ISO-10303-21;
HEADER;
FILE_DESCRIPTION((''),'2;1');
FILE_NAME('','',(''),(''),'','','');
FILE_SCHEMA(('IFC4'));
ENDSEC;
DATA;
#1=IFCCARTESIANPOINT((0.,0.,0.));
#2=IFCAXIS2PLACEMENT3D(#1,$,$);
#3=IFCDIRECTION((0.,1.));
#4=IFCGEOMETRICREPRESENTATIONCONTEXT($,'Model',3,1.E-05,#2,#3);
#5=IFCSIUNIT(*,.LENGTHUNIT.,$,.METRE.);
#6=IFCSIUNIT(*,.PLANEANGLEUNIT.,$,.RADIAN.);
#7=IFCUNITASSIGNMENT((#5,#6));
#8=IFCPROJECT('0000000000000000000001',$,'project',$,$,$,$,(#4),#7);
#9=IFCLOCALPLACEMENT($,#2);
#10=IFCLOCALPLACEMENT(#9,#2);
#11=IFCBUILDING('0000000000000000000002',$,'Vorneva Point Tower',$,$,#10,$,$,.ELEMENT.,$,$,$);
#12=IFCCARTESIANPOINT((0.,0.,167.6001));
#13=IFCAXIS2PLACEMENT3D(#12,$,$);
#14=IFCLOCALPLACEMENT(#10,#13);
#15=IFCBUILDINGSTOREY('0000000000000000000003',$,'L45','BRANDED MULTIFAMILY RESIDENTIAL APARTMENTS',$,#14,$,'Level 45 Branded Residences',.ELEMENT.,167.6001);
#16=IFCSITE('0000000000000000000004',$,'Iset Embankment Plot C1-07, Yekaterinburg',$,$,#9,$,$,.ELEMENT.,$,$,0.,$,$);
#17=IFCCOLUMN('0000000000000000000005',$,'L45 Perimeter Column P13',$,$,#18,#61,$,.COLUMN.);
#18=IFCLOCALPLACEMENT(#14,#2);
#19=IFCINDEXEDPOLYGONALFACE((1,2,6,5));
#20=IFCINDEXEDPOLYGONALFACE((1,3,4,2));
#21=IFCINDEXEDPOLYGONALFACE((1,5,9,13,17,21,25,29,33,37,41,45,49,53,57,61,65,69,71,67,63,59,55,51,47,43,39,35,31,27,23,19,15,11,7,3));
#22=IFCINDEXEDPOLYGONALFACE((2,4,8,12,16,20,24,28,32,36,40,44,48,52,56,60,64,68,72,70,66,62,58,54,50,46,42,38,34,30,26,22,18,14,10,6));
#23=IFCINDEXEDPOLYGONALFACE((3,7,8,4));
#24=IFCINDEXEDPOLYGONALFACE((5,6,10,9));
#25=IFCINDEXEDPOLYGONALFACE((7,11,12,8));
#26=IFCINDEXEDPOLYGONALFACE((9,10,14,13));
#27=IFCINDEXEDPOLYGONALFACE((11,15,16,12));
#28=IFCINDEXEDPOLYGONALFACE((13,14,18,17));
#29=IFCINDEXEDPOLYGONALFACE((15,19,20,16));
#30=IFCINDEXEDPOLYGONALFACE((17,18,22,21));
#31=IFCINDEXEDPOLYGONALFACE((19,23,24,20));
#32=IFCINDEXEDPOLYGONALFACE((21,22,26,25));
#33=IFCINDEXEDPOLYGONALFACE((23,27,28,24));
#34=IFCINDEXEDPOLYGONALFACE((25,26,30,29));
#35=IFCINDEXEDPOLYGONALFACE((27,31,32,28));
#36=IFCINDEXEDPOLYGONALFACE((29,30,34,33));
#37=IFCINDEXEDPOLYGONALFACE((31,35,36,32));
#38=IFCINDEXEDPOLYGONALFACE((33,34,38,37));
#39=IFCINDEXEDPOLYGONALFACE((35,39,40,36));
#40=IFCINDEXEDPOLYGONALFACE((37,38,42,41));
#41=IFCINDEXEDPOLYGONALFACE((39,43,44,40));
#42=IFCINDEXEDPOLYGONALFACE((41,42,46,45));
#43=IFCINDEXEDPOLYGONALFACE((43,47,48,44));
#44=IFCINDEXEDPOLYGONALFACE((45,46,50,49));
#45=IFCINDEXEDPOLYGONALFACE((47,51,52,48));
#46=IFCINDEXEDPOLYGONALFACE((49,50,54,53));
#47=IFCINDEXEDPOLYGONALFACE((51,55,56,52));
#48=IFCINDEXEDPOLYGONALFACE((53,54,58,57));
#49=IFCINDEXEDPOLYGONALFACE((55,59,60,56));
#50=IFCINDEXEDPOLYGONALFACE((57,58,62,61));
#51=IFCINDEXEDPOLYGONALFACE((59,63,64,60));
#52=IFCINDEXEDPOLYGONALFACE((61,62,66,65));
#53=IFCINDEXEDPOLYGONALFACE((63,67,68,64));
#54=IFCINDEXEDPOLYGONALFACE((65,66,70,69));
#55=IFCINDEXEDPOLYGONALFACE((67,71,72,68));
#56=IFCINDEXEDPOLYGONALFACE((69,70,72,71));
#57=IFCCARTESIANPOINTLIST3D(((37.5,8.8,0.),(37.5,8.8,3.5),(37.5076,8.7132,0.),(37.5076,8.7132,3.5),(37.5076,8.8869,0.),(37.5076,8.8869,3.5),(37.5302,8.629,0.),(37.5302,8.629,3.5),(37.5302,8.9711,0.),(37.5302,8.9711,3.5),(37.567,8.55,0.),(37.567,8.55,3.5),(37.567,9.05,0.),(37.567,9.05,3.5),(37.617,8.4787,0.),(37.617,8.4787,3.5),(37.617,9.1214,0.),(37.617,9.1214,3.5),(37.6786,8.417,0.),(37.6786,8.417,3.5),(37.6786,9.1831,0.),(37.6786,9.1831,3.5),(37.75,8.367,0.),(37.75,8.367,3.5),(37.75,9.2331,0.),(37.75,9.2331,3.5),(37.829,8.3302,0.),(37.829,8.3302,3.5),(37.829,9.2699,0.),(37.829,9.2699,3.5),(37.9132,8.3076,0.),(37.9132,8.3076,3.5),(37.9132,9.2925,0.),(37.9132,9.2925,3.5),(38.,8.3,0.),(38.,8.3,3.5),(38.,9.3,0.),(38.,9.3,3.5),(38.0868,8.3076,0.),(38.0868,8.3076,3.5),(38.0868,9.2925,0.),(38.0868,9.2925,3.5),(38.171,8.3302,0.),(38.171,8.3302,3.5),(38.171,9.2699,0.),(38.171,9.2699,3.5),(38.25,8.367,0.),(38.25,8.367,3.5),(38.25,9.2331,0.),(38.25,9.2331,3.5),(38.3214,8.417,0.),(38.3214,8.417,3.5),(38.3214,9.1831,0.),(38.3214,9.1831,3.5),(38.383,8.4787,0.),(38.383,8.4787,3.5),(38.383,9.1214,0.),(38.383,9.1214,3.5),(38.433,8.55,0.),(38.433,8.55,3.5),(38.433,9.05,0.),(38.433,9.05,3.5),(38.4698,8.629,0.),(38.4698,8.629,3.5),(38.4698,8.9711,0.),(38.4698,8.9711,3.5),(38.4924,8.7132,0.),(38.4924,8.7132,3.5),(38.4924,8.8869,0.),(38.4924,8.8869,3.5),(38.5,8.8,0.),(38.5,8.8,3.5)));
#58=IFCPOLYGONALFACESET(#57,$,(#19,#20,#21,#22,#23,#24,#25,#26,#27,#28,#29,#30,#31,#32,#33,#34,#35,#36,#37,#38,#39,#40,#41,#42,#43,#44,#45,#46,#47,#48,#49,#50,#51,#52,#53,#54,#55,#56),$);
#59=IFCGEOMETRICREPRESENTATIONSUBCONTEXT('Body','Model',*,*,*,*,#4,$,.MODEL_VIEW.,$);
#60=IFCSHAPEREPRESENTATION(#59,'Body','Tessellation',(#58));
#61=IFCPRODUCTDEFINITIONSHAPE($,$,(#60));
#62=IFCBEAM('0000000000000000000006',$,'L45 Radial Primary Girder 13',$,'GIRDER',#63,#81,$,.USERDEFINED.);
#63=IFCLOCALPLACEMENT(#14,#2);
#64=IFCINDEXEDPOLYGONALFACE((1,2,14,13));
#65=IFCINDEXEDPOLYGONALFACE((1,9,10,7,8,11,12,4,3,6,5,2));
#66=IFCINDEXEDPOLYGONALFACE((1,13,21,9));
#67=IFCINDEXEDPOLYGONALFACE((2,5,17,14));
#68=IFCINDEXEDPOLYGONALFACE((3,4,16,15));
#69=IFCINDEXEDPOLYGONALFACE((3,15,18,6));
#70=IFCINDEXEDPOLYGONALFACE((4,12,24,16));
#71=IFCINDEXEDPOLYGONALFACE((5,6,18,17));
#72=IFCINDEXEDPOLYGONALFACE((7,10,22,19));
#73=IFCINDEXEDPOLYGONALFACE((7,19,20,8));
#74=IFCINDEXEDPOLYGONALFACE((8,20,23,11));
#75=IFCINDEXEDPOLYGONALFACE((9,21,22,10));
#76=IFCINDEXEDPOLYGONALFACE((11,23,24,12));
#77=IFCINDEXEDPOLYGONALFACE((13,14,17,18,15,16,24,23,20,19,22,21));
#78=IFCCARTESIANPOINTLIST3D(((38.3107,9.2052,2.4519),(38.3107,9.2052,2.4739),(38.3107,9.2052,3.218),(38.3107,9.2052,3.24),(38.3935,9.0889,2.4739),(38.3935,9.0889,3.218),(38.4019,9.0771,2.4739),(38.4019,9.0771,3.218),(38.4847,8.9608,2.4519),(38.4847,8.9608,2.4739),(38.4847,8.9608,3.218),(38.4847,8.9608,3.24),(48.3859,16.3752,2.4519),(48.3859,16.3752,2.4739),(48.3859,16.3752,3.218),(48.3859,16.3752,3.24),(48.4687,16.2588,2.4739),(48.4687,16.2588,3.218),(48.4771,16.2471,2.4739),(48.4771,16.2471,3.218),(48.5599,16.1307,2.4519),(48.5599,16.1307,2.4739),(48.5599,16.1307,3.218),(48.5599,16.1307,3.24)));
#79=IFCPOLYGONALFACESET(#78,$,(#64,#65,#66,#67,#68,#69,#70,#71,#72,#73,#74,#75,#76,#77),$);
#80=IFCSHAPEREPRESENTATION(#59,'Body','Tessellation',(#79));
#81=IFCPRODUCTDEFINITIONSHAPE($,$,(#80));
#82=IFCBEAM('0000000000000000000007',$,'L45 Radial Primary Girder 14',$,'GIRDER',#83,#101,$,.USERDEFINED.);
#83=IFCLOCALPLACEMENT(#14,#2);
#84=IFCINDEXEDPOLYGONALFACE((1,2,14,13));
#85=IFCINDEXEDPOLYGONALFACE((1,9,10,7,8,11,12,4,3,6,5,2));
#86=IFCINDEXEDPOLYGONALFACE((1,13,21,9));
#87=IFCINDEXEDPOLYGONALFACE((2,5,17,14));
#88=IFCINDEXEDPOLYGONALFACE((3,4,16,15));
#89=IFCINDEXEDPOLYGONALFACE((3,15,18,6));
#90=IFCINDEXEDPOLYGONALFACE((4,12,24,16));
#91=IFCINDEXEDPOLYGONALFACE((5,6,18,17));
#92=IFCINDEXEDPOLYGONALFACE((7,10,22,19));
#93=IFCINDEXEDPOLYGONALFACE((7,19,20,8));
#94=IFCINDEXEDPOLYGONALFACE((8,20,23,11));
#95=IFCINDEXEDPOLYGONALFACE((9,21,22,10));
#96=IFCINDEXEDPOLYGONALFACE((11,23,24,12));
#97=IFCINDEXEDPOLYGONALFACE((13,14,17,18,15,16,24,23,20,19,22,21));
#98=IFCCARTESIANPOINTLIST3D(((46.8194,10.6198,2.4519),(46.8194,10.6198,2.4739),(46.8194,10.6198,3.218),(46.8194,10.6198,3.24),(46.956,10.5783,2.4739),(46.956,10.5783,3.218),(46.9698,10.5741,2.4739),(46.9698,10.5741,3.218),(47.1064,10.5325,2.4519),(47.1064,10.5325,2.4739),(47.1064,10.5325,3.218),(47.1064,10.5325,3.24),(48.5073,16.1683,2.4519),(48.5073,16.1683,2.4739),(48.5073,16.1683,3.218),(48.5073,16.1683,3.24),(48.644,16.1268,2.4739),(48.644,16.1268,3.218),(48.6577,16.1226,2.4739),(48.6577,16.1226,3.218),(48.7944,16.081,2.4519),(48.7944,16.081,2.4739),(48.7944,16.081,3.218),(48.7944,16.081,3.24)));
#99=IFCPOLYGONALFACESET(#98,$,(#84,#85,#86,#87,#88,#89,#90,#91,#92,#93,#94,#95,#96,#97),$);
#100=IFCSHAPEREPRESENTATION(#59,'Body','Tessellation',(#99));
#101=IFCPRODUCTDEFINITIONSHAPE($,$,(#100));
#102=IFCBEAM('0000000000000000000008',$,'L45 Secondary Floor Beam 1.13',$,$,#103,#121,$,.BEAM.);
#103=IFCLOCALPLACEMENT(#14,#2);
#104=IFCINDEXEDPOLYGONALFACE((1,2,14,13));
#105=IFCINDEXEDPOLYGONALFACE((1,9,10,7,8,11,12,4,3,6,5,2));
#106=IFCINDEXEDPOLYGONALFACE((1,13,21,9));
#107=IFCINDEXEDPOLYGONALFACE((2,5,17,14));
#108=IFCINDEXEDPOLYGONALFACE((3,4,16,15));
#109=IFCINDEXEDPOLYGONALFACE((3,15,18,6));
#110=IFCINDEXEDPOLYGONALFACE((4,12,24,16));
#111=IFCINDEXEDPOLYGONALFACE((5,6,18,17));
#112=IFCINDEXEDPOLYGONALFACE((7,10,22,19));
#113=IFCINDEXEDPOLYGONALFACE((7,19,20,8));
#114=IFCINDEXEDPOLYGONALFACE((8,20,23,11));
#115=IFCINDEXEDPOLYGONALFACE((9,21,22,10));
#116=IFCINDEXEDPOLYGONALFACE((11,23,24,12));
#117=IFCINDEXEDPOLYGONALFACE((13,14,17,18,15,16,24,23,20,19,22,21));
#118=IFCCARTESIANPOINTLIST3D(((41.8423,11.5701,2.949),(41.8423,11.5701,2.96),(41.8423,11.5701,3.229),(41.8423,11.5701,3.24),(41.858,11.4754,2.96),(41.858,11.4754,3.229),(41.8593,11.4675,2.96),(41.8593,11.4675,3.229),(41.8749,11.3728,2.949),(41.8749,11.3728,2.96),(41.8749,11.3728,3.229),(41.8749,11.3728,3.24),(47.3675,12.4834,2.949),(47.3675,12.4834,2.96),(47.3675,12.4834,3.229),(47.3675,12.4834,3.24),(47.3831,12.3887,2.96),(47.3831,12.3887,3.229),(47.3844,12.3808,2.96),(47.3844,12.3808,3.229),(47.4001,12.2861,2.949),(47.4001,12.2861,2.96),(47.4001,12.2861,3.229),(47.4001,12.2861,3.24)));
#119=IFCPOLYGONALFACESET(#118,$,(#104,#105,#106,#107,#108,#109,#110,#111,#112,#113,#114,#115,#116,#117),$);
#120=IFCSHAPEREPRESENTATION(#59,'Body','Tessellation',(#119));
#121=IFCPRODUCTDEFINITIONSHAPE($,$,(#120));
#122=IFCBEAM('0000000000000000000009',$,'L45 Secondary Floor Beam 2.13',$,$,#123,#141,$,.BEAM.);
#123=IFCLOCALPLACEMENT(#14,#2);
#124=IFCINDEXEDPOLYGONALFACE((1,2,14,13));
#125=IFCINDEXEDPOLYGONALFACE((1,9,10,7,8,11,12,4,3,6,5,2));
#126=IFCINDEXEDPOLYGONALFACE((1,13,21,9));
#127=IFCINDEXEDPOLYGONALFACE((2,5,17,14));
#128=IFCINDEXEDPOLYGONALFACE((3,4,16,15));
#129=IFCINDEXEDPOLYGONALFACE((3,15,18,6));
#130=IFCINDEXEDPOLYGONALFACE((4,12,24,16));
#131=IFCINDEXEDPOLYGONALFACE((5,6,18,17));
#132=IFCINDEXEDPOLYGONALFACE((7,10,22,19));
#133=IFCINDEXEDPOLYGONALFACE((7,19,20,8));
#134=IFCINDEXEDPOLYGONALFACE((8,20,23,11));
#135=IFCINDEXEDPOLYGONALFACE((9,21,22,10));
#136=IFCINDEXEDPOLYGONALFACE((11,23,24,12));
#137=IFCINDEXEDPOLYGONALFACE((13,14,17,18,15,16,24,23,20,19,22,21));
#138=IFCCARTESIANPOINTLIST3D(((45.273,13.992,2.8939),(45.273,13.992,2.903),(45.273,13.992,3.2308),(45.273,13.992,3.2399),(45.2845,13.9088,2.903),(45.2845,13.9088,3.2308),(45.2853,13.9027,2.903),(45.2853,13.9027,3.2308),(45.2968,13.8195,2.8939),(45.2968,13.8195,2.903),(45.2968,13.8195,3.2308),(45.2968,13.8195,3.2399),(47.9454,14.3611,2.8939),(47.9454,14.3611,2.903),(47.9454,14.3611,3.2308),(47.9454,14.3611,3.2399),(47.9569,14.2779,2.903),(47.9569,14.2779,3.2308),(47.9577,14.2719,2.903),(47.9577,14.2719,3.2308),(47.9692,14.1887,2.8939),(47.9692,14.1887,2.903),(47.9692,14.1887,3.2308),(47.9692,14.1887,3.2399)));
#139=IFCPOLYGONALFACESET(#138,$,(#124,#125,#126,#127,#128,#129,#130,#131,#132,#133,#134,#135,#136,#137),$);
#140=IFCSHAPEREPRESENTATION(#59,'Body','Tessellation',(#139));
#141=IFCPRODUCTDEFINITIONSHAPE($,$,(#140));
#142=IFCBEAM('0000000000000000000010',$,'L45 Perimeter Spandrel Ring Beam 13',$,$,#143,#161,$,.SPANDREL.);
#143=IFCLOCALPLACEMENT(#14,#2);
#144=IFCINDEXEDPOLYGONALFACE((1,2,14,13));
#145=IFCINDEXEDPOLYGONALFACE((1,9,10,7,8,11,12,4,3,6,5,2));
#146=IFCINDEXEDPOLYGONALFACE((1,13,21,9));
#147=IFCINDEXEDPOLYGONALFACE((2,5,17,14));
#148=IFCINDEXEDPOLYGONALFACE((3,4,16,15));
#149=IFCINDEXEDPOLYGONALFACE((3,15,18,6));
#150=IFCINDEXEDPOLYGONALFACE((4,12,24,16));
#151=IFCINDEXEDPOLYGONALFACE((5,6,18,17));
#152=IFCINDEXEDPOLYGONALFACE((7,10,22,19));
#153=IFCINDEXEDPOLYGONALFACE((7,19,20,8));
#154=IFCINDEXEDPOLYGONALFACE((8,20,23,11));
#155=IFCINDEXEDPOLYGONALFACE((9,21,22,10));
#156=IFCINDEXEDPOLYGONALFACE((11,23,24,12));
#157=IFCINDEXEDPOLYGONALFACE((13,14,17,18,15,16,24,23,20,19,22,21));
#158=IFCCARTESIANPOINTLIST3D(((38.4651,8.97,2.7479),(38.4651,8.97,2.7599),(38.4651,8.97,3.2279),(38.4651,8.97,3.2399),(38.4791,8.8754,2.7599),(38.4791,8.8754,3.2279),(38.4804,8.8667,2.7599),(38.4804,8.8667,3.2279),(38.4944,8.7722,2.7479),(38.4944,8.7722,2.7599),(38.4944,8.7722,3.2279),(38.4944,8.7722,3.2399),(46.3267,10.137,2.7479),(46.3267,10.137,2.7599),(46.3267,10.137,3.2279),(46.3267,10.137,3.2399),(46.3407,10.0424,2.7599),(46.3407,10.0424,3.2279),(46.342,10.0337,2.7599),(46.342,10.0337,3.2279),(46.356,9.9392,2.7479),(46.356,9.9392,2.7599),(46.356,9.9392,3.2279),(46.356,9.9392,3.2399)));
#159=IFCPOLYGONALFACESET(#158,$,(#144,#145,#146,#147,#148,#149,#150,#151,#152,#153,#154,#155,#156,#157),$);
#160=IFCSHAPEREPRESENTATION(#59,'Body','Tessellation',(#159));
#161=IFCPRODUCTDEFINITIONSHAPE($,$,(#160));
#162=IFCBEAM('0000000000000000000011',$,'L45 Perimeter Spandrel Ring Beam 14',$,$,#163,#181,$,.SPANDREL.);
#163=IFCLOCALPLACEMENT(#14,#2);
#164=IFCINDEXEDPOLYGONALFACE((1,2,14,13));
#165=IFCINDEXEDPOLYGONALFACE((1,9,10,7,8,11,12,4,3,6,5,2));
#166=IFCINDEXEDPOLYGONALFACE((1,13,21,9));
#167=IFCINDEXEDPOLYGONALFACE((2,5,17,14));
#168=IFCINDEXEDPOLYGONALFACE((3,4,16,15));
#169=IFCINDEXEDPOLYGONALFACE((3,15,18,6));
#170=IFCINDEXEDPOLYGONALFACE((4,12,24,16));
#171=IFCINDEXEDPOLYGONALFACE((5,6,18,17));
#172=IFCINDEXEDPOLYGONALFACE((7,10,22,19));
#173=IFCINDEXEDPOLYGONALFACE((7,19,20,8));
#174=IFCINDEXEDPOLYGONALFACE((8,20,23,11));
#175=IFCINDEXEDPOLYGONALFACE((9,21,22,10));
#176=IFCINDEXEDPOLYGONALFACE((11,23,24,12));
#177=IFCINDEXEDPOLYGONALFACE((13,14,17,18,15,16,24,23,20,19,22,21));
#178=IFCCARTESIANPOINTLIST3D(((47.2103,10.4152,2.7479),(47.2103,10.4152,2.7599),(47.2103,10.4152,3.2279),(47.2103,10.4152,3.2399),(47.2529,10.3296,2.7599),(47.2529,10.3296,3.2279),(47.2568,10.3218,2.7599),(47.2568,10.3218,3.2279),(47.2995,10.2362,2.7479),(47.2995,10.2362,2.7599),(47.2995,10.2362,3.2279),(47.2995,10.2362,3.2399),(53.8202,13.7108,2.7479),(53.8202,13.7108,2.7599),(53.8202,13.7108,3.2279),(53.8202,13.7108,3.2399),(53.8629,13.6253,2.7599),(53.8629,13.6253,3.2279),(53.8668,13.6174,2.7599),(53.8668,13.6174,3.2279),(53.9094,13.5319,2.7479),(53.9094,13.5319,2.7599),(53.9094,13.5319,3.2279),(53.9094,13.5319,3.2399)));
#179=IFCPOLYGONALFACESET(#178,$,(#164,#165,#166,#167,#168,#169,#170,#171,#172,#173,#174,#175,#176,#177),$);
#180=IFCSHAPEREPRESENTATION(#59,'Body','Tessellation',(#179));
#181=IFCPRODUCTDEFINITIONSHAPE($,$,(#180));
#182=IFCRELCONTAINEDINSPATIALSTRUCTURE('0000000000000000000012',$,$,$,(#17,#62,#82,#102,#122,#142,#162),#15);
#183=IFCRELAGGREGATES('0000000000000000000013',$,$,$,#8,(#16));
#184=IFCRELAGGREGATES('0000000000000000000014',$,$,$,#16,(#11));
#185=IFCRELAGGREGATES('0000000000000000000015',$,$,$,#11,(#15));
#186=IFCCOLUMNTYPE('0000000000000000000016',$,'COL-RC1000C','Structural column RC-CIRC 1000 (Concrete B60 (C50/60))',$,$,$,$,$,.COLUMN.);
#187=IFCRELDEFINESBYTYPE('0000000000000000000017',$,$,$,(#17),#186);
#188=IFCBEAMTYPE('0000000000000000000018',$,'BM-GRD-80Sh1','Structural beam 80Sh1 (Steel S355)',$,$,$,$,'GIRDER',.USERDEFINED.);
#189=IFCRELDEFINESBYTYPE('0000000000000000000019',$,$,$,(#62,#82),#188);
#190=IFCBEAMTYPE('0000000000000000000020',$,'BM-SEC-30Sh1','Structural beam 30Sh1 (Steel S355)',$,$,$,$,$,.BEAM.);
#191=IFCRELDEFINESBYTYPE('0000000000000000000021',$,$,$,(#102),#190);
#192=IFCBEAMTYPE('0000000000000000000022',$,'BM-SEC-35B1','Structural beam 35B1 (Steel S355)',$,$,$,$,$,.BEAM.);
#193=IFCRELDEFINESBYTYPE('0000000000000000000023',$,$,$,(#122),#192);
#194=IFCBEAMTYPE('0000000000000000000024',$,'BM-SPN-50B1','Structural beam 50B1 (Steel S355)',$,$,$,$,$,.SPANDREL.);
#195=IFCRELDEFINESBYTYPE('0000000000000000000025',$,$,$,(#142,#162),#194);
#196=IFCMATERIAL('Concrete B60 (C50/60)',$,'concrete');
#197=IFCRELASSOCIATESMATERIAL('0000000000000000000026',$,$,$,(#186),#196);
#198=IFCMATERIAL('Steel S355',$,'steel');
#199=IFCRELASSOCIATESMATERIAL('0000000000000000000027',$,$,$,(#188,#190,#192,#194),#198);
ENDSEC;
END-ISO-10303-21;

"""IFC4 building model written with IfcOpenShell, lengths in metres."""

from ifc_helpers import new_model, si_unit, direction, frame, origin, origin_2d, place, context, subcontext, project, spatial, circle, i_section, extrude, material, material_profile, profile_set, type_object, element, save


model = new_model("IFC4")

# Units and contexts
model_context = context("Model", 3, precision=1e-05, world=origin(), true_north=direction((0.0, 1.0)))
body_context = subcontext(model_context, "Body", "Model", "MODEL_VIEW")
ifc_project = project(units=[si_unit("LENGTHUNIT", "METRE"), si_unit("PLANEANGLEUNIT", "RADIAN")], contexts=[model_context])

# Site, building, storey
site_placement = place(None, origin())
site = spatial("IfcSite", under=ifc_project, at=site_placement, Name="Iset Embankment Plot C1-07, Yekaterinburg", CompositionType="ELEMENT", RefElevation=0.0)
building_placement = place(site_placement, origin())
building = spatial("IfcBuilding", under=site, at=building_placement, Name="Vorneva Point Tower", CompositionType="ELEMENT")
storey_placement = place(building_placement, frame((0.0, 0.0, 167.6001)))
storey = spatial("IfcBuildingStorey", under=building, at=storey_placement, Name="L45", Description="BRANDED MULTIFAMILY RESIDENTIAL APARTMENTS", LongName="Level 45 Branded Residences", CompositionType="ELEMENT", Elevation=167.6001)

# Column
ifc_material_1 = material(Name="Concrete B60 (C50/60)", Category="concrete")
ifc_material_profile_1 = material_profile(ifc_material_1, circle(Radius=0.5, at=origin_2d()), Name="RC-CIRC 1000")
ifc_profile_set_1 = profile_set([ifc_material_profile_1], Name="Concrete B60 (C50/60)")
column_type = type_object("IfcColumnType", Name="COL-RC1000C", Description="Structural column RC-CIRC 1000 (Concrete B60 (C50/60))", PredefinedType="COLUMN", material=ifc_profile_set_1)
for number, where, z_axis, x_axis, name in (
    (1, (38.0, 8.8, 0.0), (0.0, 0.0, 1.0), (0.0, -1.0, 0.0), "L45 Perimeter Column P13"),
):
    element("IfcColumn", number, at=place(storey_placement, frame(where, z_axis=z_axis, x_axis=x_axis)), inside=storey, type_object=column_type, Name=name, PredefinedType="COLUMN", context=body_context, shape_type="SweptSolid", body=[
        extrude(circle(Radius=0.5, at=origin_2d()), origin(), (0.0, 0.0, 1.0), 3.5),
    ])

# Beams
ifc_material_2 = material(Name="Steel S355", Category="steel")
ifc_material_profile_2 = material_profile(ifc_material_2, i_section(OverallWidth=0.3, OverallDepth=0.7881, WebThickness=0.0144, FlangeThickness=0.022, at=origin_2d()), Name="80Sh1")
ifc_profile_set_2 = profile_set([ifc_material_profile_2], Name="Steel S355")
beam_type_1 = type_object("IfcBeamType", Name="BM-GRD-80Sh1", Description="Structural beam 80Sh1 (Steel S355)", ElementType="GIRDER", PredefinedType="USERDEFINED", material=ifc_profile_set_2)
beam_1_placement = place(storey_placement, frame((38.3977, 9.083, 2.8459), z_axis=(0.814751, 0.57981, 0.0), x_axis=(-0.57981, 0.814751, 0.0)))
element("IfcBeam", 2, at=beam_1_placement, inside=storey, type_object=beam_type_1, Name="L45 Radial Primary Girder 13", ObjectType="GIRDER", PredefinedType="USERDEFINED", context=body_context, shape_type="SweptSolid", body=[
    extrude(i_section(OverallWidth=0.3, OverallDepth=0.7881, WebThickness=0.0144, FlangeThickness=0.022, at=origin_2d()), origin(), (0.0, 0.0, 1.0), 12.366),
])
beam_2_placement = place(storey_placement, frame((46.9629, 10.5762, 2.8459), z_axis=(0.291049, 0.956708, 0.0), x_axis=(-0.956708, 0.291049, 0.0)))
element("IfcBeam", 3, at=beam_2_placement, inside=storey, type_object=beam_type_1, Name="L45 Radial Primary Girder 14", ObjectType="GIRDER", PredefinedType="USERDEFINED", context=body_context, shape_type="SweptSolid", body=[
    extrude(i_section(OverallWidth=0.3, OverallDepth=0.7881, WebThickness=0.0144, FlangeThickness=0.022, at=origin_2d()), origin(), (0.0, 0.0, 1.0), 5.7996),
])
ifc_material_profile_3 = material_profile(ifc_material_2, i_section(OverallWidth=0.2, OverallDepth=0.291, WebThickness=0.0081, FlangeThickness=0.011, at=origin_2d()), Name="30Sh1")
ifc_profile_set_3 = profile_set([ifc_material_profile_3], Name="Steel S355")
beam_type_2 = type_object("IfcBeamType", Name="BM-SEC-30Sh1", Description="Structural beam 30Sh1 (Steel S355)", PredefinedType="BEAM", material=ifc_profile_set_3)
beam_3_placement = place(storey_placement, frame((41.8586, 11.4714, 3.0945), z_axis=(0.986611, 0.163091, 0.0), x_axis=(-0.163091, 0.986611, 0.0)))
element("IfcBeam", 4, at=beam_3_placement, inside=storey, type_object=beam_type_2, Name="L45 Secondary Floor Beam 1.13", PredefinedType="BEAM", context=body_context, shape_type="SweptSolid", body=[
    extrude(i_section(OverallWidth=0.2, OverallDepth=0.291, WebThickness=0.0081, FlangeThickness=0.011, at=origin_2d()), origin(), (0.0, 0.0, 1.0), 5.6001),
])
ifc_material_profile_4 = material_profile(ifc_material_2, i_section(OverallWidth=0.1741, OverallDepth=0.3459, WebThickness=0.0061, FlangeThickness=0.009, at=origin_2d()), Name="35B1")
ifc_profile_set_4 = profile_set([ifc_material_profile_4], Name="Steel S355")
beam_type_3 = type_object("IfcBeamType", Name="BM-SEC-35B1", Description="Structural beam 35B1 (Steel S355)", PredefinedType="BEAM", material=ifc_profile_set_4)
beam_4_placement = place(storey_placement, frame((45.2849, 13.9058, 3.0669), z_axis=(0.990594, 0.136833, 0.0), x_axis=(-0.136833, 0.990594, 0.0)))
element("IfcBeam", 5, at=beam_4_placement, inside=storey, type_object=beam_type_3, Name="L45 Secondary Floor Beam 2.13", PredefinedType="BEAM", context=body_context, shape_type="SweptSolid", body=[
    extrude(i_section(OverallWidth=0.1741, OverallDepth=0.3459, WebThickness=0.0061, FlangeThickness=0.009, at=origin_2d()), origin(), (0.0, 0.0, 1.0), 2.6978),
])
ifc_material_profile_5 = material_profile(ifc_material_2, i_section(OverallWidth=0.2, OverallDepth=0.4919, WebThickness=0.0088, FlangeThickness=0.012, at=origin_2d()), Name="50B1")
ifc_profile_set_5 = profile_set([ifc_material_profile_5], Name="Steel S355")
beam_type_4 = type_object("IfcBeamType", Name="BM-SPN-50B1", Description="Structural beam 50B1 (Steel S355)", PredefinedType="SPANDREL", material=ifc_profile_set_5)
beam_5_placement = place(storey_placement, frame((38.4797, 8.8711, 2.9939), z_axis=(0.989161, 0.146834, 0.0), x_axis=(-0.146834, 0.989161, 0.0)))
element("IfcBeam", 6, at=beam_5_placement, inside=storey, type_object=beam_type_4, Name="L45 Perimeter Spandrel Ring Beam 13", PredefinedType="SPANDREL", context=body_context, shape_type="SweptSolid", body=[
    extrude(i_section(OverallWidth=0.2, OverallDepth=0.4919, WebThickness=0.0088, FlangeThickness=0.012, at=origin_2d()), origin(), (0.0, 0.0, 1.0), 7.9478),
])
beam_6_placement = place(storey_placement, frame((47.2549, 10.3257, 2.9939), z_axis=(0.894929, 0.446208, 0.0), x_axis=(-0.446208, 0.894929, 0.0)))
element("IfcBeam", 7, at=beam_6_placement, inside=storey, type_object=beam_type_4, Name="L45 Perimeter Spandrel Ring Beam 14", PredefinedType="SPANDREL", context=body_context, shape_type="SweptSolid", body=[
    extrude(i_section(OverallWidth=0.2, OverallDepth=0.4919, WebThickness=0.0088, FlangeThickness=0.012, at=origin_2d()), origin(), (0.0, 0.0, 1.0), 7.386),
])

save(model, "model.ifc")
